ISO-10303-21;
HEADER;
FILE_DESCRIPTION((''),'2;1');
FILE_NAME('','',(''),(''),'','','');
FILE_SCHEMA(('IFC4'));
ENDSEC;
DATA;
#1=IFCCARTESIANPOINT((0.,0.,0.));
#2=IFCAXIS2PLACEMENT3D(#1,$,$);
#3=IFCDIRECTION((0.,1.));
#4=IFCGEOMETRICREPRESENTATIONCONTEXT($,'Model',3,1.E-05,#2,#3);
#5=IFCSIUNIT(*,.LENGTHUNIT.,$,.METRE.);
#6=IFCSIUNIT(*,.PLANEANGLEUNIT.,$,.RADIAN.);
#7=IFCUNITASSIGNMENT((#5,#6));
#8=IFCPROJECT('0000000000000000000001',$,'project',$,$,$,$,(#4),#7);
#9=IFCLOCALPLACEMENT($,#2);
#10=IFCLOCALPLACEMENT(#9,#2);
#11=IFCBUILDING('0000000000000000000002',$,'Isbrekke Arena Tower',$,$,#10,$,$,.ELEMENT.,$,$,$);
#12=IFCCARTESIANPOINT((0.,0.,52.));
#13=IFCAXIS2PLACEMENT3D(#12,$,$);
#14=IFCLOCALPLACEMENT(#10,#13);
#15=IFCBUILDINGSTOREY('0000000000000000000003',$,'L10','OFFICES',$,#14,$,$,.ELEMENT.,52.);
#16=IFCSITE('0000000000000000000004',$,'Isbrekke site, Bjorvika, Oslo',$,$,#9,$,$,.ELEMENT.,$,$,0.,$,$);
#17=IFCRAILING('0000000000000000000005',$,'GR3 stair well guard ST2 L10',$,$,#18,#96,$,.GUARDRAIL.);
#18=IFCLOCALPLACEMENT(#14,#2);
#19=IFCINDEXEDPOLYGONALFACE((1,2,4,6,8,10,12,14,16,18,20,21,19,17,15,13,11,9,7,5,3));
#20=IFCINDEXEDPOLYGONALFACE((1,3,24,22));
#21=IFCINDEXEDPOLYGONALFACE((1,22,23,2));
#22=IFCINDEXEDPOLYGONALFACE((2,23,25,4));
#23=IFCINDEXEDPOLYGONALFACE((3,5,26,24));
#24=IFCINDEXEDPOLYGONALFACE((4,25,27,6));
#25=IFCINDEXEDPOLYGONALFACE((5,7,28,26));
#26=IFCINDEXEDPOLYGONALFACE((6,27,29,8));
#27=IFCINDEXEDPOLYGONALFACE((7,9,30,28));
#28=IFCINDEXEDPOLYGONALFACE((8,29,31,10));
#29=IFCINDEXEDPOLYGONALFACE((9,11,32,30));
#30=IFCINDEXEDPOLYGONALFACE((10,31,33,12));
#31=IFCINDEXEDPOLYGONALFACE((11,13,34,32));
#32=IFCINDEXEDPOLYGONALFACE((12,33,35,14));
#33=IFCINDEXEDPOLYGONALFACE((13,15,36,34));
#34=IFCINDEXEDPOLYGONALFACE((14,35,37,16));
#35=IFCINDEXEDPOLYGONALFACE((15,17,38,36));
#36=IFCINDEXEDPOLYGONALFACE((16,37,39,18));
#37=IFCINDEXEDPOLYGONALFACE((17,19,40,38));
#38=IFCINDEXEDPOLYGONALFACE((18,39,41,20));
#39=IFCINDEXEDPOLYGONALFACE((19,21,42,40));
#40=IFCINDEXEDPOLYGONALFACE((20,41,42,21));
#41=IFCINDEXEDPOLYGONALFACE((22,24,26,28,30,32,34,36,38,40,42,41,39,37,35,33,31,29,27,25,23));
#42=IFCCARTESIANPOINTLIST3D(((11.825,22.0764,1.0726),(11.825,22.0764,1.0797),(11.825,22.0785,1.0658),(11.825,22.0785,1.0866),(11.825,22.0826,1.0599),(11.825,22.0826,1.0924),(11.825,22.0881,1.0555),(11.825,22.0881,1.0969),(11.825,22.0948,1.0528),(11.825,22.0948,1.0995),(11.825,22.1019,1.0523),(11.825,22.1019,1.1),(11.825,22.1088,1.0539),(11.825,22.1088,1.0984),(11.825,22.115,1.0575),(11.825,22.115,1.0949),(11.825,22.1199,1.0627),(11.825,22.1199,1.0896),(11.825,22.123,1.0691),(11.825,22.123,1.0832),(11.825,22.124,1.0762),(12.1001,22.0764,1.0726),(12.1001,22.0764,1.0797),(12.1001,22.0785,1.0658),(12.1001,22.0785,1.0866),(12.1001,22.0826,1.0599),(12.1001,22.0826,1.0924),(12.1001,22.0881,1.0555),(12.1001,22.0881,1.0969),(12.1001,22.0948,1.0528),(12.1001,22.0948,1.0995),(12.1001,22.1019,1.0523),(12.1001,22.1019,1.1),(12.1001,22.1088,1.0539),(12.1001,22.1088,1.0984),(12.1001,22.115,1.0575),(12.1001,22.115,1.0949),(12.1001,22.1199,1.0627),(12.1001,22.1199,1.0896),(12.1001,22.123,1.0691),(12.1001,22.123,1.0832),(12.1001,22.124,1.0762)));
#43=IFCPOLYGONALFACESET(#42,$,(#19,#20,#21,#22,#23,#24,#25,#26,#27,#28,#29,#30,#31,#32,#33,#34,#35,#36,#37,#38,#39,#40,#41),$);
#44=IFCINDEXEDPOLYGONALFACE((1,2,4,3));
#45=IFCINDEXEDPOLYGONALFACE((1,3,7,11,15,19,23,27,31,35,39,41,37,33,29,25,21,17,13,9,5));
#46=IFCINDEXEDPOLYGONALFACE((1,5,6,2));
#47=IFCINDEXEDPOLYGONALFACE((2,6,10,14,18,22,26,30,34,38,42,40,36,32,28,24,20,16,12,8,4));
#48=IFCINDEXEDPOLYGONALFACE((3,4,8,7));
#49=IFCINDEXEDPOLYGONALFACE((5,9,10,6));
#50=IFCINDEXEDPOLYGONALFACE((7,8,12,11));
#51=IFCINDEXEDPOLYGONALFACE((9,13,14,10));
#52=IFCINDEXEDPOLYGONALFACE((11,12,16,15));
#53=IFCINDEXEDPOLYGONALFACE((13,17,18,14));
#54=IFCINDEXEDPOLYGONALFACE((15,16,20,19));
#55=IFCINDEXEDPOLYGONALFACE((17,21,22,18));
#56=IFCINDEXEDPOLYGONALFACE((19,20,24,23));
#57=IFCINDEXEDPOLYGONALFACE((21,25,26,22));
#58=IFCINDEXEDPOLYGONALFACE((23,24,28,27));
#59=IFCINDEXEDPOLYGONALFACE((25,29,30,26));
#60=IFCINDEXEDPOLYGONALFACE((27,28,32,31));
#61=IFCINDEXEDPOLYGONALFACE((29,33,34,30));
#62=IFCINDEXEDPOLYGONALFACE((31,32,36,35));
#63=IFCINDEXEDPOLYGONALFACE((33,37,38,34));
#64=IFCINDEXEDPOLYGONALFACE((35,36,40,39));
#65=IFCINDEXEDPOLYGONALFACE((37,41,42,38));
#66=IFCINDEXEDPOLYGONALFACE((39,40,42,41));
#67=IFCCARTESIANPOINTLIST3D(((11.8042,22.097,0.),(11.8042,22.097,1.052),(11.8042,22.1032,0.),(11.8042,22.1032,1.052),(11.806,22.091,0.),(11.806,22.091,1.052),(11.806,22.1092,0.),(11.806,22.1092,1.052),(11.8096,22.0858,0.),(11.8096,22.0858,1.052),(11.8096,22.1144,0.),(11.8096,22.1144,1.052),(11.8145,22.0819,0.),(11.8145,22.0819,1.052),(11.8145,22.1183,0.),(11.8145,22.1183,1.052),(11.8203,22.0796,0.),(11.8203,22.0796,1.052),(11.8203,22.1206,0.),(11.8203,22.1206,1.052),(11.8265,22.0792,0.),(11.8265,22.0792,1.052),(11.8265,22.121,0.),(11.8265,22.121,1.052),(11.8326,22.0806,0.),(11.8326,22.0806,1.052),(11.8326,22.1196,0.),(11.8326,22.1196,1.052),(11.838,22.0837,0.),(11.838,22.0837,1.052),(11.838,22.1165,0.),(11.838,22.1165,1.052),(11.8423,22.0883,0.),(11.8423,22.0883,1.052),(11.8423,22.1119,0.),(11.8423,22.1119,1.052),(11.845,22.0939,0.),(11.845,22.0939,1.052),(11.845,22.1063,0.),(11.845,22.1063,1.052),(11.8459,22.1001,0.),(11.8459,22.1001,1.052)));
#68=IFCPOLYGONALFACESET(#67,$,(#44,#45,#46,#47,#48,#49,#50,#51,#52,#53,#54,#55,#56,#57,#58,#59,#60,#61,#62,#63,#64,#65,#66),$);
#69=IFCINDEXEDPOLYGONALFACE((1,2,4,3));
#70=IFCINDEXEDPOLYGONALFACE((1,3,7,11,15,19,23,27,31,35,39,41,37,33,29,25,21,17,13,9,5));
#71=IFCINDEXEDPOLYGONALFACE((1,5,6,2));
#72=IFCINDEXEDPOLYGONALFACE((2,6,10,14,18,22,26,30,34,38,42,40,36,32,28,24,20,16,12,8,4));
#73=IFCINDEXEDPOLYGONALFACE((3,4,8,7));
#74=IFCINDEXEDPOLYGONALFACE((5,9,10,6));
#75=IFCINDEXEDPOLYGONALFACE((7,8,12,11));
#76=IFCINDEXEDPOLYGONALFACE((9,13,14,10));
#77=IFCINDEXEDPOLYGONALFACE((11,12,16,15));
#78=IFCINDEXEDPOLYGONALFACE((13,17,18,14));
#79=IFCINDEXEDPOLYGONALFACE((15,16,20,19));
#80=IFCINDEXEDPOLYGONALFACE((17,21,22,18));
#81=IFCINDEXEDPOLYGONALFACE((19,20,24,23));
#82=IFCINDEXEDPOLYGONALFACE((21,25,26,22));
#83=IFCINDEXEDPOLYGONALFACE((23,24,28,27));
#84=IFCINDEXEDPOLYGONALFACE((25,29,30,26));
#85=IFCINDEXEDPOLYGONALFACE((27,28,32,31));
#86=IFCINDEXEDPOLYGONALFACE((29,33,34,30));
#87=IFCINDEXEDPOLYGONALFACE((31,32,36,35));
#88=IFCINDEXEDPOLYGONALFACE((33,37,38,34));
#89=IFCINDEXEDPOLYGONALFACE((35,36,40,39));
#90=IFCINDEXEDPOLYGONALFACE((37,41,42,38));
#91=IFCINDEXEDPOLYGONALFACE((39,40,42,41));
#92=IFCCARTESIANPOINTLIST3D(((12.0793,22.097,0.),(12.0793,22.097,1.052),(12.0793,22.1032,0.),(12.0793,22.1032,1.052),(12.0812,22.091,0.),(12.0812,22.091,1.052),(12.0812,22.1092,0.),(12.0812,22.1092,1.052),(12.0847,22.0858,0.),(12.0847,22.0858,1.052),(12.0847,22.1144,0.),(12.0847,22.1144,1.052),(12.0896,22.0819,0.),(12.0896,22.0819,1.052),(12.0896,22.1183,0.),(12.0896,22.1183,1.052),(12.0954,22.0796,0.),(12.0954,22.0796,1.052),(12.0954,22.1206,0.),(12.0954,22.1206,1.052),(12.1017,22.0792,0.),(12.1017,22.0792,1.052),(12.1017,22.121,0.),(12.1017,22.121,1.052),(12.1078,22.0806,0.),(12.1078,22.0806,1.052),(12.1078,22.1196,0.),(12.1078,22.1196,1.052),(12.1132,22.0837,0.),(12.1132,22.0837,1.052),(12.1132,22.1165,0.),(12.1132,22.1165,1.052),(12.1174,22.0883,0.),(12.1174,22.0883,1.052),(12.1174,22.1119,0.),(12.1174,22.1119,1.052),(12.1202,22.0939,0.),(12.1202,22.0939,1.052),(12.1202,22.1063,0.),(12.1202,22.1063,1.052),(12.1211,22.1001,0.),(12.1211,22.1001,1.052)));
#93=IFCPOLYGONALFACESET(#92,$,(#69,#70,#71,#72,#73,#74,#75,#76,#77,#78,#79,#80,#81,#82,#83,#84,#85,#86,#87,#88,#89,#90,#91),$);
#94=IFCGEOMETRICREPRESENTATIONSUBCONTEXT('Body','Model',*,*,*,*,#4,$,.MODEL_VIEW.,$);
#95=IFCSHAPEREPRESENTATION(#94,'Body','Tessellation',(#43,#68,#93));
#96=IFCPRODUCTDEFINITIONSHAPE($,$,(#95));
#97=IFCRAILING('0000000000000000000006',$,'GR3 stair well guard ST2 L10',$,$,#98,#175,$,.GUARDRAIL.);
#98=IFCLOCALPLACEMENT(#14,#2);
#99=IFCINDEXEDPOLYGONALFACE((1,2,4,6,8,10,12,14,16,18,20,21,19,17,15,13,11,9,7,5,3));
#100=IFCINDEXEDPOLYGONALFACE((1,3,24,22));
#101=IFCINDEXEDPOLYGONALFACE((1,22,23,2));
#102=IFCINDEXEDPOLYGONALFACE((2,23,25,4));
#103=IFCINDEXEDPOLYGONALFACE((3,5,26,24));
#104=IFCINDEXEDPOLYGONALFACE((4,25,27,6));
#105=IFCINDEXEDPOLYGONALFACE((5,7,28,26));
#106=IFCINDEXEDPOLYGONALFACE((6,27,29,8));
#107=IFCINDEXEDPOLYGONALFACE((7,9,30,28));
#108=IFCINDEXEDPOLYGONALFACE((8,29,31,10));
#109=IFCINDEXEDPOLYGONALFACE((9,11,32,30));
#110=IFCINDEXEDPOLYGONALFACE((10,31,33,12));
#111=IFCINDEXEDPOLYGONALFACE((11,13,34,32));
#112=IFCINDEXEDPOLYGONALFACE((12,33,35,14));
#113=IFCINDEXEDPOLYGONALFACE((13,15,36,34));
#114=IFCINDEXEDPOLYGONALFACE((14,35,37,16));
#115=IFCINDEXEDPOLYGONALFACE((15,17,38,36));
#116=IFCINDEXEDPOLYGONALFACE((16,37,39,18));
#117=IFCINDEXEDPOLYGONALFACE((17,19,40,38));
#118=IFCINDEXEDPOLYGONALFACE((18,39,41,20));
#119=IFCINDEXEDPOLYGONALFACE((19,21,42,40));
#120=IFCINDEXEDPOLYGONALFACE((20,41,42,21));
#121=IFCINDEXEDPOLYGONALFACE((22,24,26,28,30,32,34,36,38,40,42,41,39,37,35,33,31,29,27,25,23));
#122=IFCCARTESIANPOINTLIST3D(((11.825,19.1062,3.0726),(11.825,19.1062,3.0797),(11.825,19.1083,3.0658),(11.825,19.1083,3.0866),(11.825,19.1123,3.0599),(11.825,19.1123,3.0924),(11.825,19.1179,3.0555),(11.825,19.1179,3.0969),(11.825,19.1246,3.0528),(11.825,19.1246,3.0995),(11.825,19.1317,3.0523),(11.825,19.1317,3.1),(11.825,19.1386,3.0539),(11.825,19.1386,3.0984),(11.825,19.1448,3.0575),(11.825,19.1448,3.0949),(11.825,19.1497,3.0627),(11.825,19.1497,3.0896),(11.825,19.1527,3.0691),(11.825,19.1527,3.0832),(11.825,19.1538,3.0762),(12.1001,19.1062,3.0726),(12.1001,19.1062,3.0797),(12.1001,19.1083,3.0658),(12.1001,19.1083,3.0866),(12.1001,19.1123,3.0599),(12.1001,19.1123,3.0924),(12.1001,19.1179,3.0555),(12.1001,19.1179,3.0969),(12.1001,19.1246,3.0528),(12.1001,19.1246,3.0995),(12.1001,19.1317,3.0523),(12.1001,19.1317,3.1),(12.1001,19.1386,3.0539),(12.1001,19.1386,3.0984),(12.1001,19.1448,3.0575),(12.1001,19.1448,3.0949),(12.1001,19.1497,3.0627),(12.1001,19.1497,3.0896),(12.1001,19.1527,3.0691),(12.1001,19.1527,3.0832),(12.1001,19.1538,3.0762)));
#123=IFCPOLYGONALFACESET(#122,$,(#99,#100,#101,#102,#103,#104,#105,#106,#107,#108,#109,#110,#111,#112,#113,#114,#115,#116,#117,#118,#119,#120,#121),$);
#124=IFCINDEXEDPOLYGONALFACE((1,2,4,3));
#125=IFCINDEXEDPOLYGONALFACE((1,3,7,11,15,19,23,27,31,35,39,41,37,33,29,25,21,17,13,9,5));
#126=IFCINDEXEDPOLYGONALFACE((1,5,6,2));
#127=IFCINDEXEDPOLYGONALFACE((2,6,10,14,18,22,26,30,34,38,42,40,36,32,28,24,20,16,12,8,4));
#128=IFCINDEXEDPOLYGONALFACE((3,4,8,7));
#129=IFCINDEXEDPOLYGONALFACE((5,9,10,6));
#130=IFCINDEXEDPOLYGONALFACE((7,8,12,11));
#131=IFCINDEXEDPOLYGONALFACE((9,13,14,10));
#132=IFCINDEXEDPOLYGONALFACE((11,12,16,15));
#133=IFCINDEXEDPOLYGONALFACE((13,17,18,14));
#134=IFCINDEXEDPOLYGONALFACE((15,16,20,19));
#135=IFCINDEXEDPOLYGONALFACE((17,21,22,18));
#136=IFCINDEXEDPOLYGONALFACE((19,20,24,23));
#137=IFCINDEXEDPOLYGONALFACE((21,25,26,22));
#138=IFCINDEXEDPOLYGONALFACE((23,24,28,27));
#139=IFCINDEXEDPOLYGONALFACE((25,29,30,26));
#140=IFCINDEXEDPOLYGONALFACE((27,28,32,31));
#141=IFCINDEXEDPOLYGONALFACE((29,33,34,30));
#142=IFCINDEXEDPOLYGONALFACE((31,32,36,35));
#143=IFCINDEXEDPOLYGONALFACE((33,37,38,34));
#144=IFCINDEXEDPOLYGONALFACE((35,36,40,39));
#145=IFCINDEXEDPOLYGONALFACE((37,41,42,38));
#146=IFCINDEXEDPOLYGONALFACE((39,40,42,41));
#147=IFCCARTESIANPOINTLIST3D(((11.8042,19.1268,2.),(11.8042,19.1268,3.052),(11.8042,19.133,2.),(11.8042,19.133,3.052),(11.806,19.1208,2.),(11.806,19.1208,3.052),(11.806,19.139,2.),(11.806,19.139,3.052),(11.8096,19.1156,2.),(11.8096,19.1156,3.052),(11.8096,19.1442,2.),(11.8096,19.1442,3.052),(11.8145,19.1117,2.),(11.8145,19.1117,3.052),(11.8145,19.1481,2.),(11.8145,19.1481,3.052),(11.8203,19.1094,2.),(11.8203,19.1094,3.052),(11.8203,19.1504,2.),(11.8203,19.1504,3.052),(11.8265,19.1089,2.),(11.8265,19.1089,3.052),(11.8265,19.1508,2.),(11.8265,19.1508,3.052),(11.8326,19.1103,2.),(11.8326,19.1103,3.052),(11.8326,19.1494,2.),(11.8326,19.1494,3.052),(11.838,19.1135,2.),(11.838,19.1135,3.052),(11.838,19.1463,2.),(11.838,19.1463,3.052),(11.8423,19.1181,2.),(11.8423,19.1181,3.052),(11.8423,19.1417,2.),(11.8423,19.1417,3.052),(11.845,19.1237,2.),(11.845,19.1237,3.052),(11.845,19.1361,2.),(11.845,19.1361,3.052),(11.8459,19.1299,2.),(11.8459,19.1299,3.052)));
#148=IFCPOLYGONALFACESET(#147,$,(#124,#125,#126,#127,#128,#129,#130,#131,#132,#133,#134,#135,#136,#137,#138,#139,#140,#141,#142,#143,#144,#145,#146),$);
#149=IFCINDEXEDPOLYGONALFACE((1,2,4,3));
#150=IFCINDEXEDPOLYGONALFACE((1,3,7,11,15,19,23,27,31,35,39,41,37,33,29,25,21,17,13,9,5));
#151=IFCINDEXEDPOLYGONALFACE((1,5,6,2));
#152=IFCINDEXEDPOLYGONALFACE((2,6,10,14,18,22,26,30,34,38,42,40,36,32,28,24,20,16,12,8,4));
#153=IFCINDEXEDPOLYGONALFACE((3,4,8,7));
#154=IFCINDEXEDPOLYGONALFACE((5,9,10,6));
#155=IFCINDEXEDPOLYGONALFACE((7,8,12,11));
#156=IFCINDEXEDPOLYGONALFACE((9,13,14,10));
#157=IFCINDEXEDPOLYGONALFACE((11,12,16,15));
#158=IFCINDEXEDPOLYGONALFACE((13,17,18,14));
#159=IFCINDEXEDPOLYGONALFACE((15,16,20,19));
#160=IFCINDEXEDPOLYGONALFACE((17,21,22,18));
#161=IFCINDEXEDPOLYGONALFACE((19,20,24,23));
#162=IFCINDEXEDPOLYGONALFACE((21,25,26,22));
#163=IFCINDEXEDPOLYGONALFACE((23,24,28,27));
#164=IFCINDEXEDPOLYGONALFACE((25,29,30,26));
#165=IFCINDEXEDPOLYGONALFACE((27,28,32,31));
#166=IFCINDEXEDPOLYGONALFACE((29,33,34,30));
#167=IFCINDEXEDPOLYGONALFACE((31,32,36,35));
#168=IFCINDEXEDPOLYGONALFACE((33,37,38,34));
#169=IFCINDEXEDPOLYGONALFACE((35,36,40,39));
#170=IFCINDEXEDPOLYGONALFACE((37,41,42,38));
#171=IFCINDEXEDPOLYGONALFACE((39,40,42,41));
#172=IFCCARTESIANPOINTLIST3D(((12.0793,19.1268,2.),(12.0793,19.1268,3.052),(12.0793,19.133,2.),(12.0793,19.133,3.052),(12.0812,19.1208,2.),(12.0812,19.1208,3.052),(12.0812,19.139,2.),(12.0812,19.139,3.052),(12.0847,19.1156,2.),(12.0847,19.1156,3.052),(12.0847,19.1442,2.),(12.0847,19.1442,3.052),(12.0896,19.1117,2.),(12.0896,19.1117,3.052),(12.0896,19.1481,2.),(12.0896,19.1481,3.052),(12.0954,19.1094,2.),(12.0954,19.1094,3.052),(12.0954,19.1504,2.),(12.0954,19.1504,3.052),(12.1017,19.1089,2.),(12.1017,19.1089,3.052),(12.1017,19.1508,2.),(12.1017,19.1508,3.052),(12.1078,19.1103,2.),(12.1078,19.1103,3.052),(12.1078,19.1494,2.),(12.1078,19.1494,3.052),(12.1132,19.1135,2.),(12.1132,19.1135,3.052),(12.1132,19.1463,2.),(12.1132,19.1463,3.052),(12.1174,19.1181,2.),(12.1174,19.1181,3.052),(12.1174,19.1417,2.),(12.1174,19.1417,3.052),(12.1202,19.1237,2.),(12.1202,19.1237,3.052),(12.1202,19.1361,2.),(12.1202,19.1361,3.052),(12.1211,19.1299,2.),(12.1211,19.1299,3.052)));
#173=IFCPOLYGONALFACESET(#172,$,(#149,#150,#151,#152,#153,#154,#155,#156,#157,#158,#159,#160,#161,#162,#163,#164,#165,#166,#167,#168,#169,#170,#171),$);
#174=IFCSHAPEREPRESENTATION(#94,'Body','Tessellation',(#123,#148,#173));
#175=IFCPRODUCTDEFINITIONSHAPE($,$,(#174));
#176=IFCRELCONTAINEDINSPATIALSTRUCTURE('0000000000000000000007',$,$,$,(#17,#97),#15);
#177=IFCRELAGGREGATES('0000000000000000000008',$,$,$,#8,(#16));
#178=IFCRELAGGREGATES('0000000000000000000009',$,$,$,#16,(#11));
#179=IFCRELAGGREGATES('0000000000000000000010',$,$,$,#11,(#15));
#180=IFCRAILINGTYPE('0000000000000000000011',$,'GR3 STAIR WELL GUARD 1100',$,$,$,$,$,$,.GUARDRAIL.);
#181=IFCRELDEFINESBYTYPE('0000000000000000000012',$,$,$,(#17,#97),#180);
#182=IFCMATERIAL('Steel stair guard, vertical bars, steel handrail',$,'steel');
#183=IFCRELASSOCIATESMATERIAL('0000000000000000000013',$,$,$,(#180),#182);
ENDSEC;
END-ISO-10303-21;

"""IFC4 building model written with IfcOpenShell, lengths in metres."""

from ifc_helpers import new_model, si_unit, direction, frame, origin, origin_2d, place, context, subcontext, project, spatial, circle, extrude, material, type_object, element, save


model = new_model("IFC4")

# Units and contexts
model_context = context("Model", 3, precision=1e-05, world=origin(), true_north=direction((0.0, 1.0)))
body_context = subcontext(model_context, "Body", "Model", "MODEL_VIEW")
ifc_project = project(units=[si_unit("LENGTHUNIT", "METRE"), si_unit("PLANEANGLEUNIT", "RADIAN")], contexts=[model_context])

# Site, building, storey
site_placement = place(None, origin())
site = spatial("IfcSite", under=ifc_project, at=site_placement, Name="Isbrekke site, Bjorvika, Oslo", CompositionType="ELEMENT", RefElevation=0.0)
building_placement = place(site_placement, origin())
building = spatial("IfcBuilding", under=site, at=building_placement, Name="Isbrekke Arena Tower", CompositionType="ELEMENT")
storey_placement = place(building_placement, frame((0.0, 0.0, 52.0)))
storey = spatial("IfcBuildingStorey", under=building, at=storey_placement, Name="L10", Description="OFFICES", CompositionType="ELEMENT", Elevation=52.0)

# Railings
ifc_material_1 = material(Name="Steel stair guard, vertical bars, steel handrail", Category="steel")
railing_type = type_object("IfcRailingType", Name="GR3 STAIR WELL GUARD 1100", PredefinedType="GUARDRAIL", material=ifc_material_1)
for number, where, name in (
    (1, (11.825, 22.1001, 0.0), "GR3 stair well guard ST2 L10"),
    (2, (11.825, 19.1299, 2.0), "GR3 stair well guard ST2 L10"),
):
    element("IfcRailing", number, at=place(storey_placement, frame(where)), inside=storey, type_object=railing_type, Name=name, PredefinedType="GUARDRAIL", context=body_context, shape_type="SweptSolid", body=[
        extrude(circle(Radius=0.0239, at=origin_2d()), frame((0.0, 0.0, 1.0762), z_axis=(1.0, 0.0, 0.0), x_axis=(0.0, 1.0, 0.0)), (0.0, 0.0, 1.0), 0.2751),
        extrude(circle(Radius=0.021, at=origin_2d()), origin(), (0.0, 0.0, 1.0), 1.052),
        extrude(circle(Radius=0.021, at=origin_2d()), frame((0.2751, 0.0, 0.0)), (0.0, 0.0, 1.0), 1.052),
    ])

save(model, "model.ifc")
